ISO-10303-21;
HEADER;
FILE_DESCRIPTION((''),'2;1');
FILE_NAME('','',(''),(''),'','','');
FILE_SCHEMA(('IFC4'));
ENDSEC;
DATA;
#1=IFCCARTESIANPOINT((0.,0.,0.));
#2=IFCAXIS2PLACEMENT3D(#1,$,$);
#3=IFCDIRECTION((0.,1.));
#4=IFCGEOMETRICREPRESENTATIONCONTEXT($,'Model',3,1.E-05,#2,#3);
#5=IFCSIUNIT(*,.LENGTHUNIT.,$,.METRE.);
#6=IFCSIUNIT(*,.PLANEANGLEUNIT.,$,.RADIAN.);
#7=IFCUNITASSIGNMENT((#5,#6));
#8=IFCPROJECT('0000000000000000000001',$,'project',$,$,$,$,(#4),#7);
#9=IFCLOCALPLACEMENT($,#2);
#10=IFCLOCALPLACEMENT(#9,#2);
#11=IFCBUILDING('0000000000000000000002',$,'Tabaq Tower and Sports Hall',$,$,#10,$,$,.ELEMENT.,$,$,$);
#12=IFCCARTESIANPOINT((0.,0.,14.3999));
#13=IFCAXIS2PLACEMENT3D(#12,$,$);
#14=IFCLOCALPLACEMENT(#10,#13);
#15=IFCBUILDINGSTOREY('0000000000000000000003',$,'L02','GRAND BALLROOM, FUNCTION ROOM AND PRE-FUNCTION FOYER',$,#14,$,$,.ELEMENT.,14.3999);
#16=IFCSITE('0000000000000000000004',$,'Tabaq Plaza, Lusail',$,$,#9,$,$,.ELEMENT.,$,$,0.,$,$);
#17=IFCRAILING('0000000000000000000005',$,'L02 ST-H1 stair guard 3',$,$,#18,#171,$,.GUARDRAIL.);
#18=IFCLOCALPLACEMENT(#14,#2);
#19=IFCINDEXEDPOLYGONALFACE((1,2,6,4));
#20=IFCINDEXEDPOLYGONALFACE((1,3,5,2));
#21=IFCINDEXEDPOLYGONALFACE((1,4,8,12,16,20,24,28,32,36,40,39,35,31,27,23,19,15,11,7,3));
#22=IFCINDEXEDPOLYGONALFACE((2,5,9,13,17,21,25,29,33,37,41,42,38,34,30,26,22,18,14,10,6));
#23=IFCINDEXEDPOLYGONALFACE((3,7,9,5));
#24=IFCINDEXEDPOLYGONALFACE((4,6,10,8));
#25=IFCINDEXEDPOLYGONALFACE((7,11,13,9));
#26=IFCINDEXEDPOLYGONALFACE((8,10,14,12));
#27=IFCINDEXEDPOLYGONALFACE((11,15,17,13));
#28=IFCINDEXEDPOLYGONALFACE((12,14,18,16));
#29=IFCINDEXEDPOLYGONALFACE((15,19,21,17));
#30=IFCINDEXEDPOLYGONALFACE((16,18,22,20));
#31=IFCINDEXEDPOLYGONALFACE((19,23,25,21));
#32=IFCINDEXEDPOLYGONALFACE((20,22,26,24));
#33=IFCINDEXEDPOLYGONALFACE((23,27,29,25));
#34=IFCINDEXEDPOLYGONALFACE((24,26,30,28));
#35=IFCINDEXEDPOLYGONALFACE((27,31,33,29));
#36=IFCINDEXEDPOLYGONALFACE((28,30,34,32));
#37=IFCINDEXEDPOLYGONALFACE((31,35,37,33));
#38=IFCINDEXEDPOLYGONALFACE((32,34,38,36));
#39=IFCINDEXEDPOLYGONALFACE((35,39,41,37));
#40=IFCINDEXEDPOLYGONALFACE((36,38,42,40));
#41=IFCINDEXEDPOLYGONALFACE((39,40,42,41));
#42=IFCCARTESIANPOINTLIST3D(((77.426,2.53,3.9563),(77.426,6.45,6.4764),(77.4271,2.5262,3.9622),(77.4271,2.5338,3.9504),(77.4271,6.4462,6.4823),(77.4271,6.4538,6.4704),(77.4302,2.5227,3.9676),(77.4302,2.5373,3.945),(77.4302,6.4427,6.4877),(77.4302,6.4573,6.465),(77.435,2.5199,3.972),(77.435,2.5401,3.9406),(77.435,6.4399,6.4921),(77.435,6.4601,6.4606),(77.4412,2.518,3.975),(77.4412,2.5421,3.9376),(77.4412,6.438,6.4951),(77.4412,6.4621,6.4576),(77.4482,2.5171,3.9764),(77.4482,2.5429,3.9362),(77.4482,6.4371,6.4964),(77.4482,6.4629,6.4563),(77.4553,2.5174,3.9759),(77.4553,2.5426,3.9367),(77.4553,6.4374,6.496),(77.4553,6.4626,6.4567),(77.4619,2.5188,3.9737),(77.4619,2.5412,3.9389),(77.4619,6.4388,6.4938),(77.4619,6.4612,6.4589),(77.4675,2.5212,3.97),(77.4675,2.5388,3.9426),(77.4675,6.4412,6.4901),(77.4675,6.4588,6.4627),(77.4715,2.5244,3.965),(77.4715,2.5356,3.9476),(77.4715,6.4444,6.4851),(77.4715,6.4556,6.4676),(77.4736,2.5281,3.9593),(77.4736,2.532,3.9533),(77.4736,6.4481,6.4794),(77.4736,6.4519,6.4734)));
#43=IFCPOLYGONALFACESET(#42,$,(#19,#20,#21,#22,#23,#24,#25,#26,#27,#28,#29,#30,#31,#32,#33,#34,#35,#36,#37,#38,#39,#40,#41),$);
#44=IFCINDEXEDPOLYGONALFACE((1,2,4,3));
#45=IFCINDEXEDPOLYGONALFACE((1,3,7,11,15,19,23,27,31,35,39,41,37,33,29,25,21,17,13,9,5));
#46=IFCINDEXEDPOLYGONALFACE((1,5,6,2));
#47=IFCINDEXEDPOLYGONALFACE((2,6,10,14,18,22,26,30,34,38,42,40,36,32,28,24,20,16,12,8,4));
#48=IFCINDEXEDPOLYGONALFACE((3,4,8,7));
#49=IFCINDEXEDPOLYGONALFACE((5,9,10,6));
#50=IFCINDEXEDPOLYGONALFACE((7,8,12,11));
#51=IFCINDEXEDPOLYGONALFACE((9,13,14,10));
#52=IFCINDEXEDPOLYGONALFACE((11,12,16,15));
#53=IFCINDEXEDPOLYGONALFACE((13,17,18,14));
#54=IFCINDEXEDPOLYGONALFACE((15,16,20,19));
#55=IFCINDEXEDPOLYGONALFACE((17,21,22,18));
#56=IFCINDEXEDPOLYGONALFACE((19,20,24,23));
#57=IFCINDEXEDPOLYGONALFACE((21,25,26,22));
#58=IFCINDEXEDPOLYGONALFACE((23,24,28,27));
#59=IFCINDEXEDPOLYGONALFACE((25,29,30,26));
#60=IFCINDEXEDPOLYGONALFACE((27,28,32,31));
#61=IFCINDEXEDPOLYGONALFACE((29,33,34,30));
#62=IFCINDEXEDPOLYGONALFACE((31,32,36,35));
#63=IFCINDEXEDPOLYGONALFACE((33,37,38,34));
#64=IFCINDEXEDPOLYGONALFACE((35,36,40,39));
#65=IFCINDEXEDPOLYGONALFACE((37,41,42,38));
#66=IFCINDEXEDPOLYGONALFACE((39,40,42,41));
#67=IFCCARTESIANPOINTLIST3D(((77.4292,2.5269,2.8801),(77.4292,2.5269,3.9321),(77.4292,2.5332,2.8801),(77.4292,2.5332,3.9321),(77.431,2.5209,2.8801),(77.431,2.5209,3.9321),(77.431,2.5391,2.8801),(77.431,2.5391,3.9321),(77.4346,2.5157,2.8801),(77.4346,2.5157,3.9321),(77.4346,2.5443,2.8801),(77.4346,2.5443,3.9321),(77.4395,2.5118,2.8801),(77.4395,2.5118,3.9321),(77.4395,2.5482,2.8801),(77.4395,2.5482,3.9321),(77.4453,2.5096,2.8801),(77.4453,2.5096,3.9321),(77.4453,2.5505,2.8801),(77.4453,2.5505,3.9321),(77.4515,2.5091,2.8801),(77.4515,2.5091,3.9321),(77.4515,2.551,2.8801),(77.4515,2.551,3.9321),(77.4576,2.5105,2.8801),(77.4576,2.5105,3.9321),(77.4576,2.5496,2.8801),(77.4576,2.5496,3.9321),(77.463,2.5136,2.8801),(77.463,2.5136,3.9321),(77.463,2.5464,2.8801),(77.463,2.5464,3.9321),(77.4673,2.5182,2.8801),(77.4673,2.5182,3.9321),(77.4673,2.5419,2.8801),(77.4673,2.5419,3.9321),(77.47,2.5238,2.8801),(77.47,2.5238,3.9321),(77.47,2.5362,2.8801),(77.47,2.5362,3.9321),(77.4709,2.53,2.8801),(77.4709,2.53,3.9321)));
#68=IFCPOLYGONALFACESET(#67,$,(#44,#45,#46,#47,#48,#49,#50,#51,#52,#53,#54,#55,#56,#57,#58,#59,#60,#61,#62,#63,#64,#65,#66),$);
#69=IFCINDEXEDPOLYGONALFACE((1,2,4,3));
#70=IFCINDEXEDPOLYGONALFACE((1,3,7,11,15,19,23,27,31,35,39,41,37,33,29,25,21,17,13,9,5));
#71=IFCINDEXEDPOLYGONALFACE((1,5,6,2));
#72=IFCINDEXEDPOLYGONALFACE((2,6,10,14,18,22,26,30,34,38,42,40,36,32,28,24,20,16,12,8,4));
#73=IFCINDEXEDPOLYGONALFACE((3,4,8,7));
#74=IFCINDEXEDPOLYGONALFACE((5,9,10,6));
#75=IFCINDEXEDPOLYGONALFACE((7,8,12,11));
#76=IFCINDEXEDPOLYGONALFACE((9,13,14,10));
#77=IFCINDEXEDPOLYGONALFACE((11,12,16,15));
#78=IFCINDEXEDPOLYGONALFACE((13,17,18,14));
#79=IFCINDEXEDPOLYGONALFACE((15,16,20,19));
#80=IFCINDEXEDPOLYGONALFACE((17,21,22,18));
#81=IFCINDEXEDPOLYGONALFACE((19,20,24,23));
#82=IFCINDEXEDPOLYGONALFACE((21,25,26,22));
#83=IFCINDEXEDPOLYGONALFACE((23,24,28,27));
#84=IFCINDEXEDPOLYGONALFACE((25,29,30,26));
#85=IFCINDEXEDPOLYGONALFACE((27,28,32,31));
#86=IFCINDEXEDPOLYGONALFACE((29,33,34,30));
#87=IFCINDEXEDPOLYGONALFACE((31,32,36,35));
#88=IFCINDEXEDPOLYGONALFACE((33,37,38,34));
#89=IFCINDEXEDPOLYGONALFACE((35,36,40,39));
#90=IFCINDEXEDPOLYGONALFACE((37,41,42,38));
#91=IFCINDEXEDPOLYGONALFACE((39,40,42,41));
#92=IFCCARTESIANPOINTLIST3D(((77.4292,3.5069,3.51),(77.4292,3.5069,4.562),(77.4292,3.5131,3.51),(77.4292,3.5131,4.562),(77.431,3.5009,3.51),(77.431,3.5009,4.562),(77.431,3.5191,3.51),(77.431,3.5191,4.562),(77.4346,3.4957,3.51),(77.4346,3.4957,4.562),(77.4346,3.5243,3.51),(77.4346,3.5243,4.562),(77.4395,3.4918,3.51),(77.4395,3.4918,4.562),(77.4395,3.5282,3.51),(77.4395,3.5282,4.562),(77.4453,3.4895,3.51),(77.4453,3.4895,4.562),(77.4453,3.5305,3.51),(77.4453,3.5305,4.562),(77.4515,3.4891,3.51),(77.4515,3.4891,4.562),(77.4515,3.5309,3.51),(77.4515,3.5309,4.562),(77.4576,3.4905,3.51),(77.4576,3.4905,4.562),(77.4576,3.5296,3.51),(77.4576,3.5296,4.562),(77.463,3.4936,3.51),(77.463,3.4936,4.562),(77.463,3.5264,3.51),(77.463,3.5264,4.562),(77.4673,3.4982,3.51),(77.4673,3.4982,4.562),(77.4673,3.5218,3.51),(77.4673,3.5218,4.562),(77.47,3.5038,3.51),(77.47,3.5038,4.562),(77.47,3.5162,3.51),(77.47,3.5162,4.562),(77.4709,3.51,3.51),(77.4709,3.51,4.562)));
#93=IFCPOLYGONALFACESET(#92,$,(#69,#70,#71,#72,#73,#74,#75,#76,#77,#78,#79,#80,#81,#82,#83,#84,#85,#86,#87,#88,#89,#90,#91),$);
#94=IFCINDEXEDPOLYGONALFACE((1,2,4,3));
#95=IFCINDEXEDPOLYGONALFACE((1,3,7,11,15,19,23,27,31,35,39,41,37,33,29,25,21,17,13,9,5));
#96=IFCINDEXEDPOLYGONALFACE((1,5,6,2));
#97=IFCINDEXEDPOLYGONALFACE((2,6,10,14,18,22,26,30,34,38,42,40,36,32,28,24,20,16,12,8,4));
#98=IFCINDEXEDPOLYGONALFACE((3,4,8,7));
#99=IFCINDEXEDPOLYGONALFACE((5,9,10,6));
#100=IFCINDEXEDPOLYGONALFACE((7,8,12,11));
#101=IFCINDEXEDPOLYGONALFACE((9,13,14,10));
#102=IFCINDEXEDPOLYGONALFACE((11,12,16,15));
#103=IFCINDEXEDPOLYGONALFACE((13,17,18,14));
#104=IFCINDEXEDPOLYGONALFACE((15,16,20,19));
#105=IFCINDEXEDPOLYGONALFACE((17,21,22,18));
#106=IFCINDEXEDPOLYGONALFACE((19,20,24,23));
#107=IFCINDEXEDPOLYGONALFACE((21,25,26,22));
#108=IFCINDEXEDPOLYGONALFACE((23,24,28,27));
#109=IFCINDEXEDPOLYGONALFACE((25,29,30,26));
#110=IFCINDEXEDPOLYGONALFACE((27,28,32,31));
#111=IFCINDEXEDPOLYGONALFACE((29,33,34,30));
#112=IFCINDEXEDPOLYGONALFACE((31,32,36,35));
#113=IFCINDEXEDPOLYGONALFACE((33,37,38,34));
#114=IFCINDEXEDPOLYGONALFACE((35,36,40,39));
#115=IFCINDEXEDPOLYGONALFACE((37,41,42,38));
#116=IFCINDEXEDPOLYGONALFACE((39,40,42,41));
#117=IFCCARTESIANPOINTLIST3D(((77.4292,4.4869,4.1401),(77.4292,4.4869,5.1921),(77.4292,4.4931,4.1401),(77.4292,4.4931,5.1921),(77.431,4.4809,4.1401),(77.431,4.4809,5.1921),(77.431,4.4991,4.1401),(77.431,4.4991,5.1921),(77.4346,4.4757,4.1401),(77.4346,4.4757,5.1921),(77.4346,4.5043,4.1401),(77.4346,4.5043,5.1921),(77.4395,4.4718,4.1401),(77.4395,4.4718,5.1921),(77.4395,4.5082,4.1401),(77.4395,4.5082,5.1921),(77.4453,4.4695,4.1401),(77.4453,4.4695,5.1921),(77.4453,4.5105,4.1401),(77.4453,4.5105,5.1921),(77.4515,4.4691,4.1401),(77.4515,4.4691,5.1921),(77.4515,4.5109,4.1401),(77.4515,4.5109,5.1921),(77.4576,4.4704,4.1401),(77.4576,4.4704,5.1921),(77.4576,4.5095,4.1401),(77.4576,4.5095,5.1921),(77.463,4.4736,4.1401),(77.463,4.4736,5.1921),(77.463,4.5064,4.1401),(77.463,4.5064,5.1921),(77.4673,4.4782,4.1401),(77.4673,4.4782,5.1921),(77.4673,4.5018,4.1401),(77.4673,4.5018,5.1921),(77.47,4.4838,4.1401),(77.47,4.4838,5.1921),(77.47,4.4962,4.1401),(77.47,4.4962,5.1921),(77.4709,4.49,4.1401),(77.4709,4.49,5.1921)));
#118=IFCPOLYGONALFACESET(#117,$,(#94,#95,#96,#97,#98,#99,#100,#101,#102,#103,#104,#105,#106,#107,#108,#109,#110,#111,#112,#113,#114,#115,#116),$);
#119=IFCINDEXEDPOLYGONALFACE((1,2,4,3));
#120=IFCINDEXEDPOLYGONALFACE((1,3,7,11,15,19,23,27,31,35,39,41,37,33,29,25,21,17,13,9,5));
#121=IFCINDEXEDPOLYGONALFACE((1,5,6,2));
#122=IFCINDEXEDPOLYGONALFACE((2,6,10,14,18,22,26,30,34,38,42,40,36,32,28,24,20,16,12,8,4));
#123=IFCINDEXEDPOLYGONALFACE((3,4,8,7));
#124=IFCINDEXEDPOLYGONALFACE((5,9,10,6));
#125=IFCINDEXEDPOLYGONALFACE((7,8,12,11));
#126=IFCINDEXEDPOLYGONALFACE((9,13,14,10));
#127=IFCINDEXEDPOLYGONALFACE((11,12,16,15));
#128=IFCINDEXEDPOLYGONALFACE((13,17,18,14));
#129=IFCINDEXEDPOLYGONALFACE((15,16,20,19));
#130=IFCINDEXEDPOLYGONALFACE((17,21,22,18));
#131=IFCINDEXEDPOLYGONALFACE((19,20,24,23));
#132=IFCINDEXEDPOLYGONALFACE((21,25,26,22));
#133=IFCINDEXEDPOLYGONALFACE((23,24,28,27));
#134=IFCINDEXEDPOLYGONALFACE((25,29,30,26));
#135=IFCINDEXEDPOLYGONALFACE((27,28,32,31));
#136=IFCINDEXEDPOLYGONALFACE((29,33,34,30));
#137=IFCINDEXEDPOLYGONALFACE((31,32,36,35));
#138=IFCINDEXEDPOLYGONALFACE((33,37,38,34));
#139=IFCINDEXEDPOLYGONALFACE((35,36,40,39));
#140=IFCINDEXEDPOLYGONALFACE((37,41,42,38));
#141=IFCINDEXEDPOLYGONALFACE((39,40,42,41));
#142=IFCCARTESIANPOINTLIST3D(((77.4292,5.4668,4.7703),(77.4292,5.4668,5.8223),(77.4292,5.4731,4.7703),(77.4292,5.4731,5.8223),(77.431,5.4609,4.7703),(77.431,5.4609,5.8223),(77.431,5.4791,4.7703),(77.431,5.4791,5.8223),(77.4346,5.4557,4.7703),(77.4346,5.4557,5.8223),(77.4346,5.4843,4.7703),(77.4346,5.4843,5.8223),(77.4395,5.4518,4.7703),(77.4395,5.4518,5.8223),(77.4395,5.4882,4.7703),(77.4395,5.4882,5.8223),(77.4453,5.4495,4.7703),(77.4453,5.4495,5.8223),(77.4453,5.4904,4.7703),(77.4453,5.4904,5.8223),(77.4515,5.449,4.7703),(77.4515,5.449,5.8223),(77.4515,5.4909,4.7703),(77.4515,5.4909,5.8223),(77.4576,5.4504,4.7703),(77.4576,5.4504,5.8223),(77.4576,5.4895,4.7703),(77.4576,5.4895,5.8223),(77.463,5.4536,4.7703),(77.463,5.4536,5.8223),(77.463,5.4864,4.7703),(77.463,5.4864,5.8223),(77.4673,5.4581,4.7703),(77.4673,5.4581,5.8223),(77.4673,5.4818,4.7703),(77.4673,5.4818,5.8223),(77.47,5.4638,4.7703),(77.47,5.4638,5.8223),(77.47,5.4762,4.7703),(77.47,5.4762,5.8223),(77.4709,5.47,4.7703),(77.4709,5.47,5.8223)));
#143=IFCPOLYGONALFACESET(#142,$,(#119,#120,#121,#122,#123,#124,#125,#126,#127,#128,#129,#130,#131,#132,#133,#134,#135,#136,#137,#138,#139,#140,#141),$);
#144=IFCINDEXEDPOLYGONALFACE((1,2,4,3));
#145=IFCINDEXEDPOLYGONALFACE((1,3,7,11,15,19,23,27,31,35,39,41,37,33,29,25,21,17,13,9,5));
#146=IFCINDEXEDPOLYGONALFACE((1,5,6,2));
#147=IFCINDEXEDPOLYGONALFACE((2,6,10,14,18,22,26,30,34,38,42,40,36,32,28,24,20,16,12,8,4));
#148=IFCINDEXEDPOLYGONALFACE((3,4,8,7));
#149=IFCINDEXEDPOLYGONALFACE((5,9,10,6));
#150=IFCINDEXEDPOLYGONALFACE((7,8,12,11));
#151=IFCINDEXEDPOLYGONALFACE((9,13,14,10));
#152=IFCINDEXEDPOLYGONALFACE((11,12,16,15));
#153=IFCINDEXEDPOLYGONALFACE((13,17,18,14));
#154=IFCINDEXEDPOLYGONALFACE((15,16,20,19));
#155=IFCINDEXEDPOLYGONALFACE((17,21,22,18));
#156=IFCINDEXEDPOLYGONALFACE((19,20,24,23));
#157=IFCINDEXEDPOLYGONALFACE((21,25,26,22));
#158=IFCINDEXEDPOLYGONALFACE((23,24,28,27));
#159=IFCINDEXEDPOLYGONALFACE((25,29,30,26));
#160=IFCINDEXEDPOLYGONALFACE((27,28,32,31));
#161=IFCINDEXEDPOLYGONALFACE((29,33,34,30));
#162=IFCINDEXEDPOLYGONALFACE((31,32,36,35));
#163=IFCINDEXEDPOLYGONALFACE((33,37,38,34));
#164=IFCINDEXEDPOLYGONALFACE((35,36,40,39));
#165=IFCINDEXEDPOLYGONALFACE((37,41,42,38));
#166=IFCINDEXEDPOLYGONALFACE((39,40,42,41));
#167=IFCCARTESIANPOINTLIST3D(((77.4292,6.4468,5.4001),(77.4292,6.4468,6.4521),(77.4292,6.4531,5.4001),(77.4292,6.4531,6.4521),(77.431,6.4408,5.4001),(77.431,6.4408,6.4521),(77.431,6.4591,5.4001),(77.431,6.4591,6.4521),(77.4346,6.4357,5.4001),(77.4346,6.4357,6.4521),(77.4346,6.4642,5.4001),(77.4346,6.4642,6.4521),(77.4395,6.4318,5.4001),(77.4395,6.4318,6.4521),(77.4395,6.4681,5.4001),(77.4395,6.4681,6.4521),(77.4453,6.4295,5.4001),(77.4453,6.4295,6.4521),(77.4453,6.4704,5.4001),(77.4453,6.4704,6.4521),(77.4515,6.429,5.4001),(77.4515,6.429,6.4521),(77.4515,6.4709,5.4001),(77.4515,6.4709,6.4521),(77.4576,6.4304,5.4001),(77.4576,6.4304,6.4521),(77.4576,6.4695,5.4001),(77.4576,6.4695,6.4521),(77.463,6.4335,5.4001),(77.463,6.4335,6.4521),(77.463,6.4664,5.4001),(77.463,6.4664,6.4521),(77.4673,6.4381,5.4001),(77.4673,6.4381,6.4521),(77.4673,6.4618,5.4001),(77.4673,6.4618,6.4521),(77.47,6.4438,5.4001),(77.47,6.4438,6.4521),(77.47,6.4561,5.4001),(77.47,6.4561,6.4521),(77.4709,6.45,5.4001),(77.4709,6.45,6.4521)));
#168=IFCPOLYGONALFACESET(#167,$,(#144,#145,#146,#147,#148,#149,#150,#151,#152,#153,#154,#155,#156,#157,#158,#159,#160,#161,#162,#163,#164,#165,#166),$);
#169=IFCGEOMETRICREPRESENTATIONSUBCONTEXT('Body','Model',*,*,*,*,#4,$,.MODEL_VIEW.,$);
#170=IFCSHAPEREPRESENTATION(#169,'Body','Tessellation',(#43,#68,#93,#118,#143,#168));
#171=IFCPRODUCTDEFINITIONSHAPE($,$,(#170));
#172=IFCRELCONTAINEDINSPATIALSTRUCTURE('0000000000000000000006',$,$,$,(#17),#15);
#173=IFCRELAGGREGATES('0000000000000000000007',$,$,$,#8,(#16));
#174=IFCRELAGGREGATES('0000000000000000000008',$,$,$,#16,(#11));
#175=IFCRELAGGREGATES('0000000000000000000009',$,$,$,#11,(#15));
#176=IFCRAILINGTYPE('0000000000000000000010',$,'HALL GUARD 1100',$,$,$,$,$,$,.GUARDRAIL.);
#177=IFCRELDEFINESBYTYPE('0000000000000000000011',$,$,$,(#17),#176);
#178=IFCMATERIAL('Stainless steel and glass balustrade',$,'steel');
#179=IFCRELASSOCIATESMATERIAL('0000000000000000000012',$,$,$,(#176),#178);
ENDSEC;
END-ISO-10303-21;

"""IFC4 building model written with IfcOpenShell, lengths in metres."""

from ifc_helpers import new_model, si_unit, direction, frame, origin, origin_2d, place, context, subcontext, project, spatial, circle, extrude, material, type_object, element, save


model = new_model("IFC4")

# Units and contexts
model_context = context("Model", 3, precision=1e-05, world=origin(), true_north=direction((0.0, 1.0)))
body_context = subcontext(model_context, "Body", "Model", "MODEL_VIEW")
ifc_project = project(units=[si_unit("LENGTHUNIT", "METRE"), si_unit("PLANEANGLEUNIT", "RADIAN")], contexts=[model_context])

# Site, building, storey
site_placement = place(None, origin())
site = spatial("IfcSite", under=ifc_project, at=site_placement, Name="Tabaq Plaza, Lusail", CompositionType="ELEMENT", RefElevation=0.0)
building_placement = place(site_placement, origin())
building = spatial("IfcBuilding", under=site, at=building_placement, Name="Tabaq Tower and Sports Hall", CompositionType="ELEMENT")
storey_placement = place(building_placement, frame((0.0, 0.0, 14.3999)))
storey = spatial("IfcBuildingStorey", under=building, at=storey_placement, Name="L02", Description="GRAND BALLROOM, FUNCTION ROOM AND PRE-FUNCTION FOYER", CompositionType="ELEMENT", Elevation=14.3999)

# Railing
ifc_material_1 = material(Name="Stainless steel and glass balustrade", Category="steel")
railing_type_1 = type_object("IfcRailingType", Name="HALL GUARD 1100", PredefinedType="GUARDRAIL", material=ifc_material_1)
railing_1_placement = place(storey_placement, frame((77.45, 2.53, 2.8801)))
element("IfcRailing", 1, at=railing_1_placement, inside=storey, type_object=railing_type_1, Name="L02 ST-H1 stair guard 3", PredefinedType="GUARDRAIL", context=body_context, shape_type="SweptSolid", body=[
    extrude(circle(Radius=0.0239, at=origin_2d()), frame((0.0, 0.0, 1.0762), z_axis=(0.0, 0.841172, 0.540768), x_axis=(-1.0, 0.0, 0.0)), (0.0, 0.0, 1.0), 4.6602),
    extrude(circle(Radius=0.021, at=origin_2d()), origin(), (0.0, 0.0, 1.0), 1.052),
    extrude(circle(Radius=0.021, at=origin_2d()), frame((0.0, 0.98, 0.6299)), (0.0, 0.0, 1.0), 1.052),
    extrude(circle(Radius=0.021, at=origin_2d()), frame((0.0, 1.96, 1.26)), (0.0, 0.0, 1.0), 1.052),
    extrude(circle(Radius=0.021, at=origin_2d()), frame((0.0, 2.9399, 1.8901)), (0.0, 0.0, 1.0), 1.052),
    extrude(circle(Radius=0.021, at=origin_2d()), frame((0.0, 3.9199, 2.52)), (0.0, 0.0, 1.0), 1.052),
])

save(model, "model.ifc")
